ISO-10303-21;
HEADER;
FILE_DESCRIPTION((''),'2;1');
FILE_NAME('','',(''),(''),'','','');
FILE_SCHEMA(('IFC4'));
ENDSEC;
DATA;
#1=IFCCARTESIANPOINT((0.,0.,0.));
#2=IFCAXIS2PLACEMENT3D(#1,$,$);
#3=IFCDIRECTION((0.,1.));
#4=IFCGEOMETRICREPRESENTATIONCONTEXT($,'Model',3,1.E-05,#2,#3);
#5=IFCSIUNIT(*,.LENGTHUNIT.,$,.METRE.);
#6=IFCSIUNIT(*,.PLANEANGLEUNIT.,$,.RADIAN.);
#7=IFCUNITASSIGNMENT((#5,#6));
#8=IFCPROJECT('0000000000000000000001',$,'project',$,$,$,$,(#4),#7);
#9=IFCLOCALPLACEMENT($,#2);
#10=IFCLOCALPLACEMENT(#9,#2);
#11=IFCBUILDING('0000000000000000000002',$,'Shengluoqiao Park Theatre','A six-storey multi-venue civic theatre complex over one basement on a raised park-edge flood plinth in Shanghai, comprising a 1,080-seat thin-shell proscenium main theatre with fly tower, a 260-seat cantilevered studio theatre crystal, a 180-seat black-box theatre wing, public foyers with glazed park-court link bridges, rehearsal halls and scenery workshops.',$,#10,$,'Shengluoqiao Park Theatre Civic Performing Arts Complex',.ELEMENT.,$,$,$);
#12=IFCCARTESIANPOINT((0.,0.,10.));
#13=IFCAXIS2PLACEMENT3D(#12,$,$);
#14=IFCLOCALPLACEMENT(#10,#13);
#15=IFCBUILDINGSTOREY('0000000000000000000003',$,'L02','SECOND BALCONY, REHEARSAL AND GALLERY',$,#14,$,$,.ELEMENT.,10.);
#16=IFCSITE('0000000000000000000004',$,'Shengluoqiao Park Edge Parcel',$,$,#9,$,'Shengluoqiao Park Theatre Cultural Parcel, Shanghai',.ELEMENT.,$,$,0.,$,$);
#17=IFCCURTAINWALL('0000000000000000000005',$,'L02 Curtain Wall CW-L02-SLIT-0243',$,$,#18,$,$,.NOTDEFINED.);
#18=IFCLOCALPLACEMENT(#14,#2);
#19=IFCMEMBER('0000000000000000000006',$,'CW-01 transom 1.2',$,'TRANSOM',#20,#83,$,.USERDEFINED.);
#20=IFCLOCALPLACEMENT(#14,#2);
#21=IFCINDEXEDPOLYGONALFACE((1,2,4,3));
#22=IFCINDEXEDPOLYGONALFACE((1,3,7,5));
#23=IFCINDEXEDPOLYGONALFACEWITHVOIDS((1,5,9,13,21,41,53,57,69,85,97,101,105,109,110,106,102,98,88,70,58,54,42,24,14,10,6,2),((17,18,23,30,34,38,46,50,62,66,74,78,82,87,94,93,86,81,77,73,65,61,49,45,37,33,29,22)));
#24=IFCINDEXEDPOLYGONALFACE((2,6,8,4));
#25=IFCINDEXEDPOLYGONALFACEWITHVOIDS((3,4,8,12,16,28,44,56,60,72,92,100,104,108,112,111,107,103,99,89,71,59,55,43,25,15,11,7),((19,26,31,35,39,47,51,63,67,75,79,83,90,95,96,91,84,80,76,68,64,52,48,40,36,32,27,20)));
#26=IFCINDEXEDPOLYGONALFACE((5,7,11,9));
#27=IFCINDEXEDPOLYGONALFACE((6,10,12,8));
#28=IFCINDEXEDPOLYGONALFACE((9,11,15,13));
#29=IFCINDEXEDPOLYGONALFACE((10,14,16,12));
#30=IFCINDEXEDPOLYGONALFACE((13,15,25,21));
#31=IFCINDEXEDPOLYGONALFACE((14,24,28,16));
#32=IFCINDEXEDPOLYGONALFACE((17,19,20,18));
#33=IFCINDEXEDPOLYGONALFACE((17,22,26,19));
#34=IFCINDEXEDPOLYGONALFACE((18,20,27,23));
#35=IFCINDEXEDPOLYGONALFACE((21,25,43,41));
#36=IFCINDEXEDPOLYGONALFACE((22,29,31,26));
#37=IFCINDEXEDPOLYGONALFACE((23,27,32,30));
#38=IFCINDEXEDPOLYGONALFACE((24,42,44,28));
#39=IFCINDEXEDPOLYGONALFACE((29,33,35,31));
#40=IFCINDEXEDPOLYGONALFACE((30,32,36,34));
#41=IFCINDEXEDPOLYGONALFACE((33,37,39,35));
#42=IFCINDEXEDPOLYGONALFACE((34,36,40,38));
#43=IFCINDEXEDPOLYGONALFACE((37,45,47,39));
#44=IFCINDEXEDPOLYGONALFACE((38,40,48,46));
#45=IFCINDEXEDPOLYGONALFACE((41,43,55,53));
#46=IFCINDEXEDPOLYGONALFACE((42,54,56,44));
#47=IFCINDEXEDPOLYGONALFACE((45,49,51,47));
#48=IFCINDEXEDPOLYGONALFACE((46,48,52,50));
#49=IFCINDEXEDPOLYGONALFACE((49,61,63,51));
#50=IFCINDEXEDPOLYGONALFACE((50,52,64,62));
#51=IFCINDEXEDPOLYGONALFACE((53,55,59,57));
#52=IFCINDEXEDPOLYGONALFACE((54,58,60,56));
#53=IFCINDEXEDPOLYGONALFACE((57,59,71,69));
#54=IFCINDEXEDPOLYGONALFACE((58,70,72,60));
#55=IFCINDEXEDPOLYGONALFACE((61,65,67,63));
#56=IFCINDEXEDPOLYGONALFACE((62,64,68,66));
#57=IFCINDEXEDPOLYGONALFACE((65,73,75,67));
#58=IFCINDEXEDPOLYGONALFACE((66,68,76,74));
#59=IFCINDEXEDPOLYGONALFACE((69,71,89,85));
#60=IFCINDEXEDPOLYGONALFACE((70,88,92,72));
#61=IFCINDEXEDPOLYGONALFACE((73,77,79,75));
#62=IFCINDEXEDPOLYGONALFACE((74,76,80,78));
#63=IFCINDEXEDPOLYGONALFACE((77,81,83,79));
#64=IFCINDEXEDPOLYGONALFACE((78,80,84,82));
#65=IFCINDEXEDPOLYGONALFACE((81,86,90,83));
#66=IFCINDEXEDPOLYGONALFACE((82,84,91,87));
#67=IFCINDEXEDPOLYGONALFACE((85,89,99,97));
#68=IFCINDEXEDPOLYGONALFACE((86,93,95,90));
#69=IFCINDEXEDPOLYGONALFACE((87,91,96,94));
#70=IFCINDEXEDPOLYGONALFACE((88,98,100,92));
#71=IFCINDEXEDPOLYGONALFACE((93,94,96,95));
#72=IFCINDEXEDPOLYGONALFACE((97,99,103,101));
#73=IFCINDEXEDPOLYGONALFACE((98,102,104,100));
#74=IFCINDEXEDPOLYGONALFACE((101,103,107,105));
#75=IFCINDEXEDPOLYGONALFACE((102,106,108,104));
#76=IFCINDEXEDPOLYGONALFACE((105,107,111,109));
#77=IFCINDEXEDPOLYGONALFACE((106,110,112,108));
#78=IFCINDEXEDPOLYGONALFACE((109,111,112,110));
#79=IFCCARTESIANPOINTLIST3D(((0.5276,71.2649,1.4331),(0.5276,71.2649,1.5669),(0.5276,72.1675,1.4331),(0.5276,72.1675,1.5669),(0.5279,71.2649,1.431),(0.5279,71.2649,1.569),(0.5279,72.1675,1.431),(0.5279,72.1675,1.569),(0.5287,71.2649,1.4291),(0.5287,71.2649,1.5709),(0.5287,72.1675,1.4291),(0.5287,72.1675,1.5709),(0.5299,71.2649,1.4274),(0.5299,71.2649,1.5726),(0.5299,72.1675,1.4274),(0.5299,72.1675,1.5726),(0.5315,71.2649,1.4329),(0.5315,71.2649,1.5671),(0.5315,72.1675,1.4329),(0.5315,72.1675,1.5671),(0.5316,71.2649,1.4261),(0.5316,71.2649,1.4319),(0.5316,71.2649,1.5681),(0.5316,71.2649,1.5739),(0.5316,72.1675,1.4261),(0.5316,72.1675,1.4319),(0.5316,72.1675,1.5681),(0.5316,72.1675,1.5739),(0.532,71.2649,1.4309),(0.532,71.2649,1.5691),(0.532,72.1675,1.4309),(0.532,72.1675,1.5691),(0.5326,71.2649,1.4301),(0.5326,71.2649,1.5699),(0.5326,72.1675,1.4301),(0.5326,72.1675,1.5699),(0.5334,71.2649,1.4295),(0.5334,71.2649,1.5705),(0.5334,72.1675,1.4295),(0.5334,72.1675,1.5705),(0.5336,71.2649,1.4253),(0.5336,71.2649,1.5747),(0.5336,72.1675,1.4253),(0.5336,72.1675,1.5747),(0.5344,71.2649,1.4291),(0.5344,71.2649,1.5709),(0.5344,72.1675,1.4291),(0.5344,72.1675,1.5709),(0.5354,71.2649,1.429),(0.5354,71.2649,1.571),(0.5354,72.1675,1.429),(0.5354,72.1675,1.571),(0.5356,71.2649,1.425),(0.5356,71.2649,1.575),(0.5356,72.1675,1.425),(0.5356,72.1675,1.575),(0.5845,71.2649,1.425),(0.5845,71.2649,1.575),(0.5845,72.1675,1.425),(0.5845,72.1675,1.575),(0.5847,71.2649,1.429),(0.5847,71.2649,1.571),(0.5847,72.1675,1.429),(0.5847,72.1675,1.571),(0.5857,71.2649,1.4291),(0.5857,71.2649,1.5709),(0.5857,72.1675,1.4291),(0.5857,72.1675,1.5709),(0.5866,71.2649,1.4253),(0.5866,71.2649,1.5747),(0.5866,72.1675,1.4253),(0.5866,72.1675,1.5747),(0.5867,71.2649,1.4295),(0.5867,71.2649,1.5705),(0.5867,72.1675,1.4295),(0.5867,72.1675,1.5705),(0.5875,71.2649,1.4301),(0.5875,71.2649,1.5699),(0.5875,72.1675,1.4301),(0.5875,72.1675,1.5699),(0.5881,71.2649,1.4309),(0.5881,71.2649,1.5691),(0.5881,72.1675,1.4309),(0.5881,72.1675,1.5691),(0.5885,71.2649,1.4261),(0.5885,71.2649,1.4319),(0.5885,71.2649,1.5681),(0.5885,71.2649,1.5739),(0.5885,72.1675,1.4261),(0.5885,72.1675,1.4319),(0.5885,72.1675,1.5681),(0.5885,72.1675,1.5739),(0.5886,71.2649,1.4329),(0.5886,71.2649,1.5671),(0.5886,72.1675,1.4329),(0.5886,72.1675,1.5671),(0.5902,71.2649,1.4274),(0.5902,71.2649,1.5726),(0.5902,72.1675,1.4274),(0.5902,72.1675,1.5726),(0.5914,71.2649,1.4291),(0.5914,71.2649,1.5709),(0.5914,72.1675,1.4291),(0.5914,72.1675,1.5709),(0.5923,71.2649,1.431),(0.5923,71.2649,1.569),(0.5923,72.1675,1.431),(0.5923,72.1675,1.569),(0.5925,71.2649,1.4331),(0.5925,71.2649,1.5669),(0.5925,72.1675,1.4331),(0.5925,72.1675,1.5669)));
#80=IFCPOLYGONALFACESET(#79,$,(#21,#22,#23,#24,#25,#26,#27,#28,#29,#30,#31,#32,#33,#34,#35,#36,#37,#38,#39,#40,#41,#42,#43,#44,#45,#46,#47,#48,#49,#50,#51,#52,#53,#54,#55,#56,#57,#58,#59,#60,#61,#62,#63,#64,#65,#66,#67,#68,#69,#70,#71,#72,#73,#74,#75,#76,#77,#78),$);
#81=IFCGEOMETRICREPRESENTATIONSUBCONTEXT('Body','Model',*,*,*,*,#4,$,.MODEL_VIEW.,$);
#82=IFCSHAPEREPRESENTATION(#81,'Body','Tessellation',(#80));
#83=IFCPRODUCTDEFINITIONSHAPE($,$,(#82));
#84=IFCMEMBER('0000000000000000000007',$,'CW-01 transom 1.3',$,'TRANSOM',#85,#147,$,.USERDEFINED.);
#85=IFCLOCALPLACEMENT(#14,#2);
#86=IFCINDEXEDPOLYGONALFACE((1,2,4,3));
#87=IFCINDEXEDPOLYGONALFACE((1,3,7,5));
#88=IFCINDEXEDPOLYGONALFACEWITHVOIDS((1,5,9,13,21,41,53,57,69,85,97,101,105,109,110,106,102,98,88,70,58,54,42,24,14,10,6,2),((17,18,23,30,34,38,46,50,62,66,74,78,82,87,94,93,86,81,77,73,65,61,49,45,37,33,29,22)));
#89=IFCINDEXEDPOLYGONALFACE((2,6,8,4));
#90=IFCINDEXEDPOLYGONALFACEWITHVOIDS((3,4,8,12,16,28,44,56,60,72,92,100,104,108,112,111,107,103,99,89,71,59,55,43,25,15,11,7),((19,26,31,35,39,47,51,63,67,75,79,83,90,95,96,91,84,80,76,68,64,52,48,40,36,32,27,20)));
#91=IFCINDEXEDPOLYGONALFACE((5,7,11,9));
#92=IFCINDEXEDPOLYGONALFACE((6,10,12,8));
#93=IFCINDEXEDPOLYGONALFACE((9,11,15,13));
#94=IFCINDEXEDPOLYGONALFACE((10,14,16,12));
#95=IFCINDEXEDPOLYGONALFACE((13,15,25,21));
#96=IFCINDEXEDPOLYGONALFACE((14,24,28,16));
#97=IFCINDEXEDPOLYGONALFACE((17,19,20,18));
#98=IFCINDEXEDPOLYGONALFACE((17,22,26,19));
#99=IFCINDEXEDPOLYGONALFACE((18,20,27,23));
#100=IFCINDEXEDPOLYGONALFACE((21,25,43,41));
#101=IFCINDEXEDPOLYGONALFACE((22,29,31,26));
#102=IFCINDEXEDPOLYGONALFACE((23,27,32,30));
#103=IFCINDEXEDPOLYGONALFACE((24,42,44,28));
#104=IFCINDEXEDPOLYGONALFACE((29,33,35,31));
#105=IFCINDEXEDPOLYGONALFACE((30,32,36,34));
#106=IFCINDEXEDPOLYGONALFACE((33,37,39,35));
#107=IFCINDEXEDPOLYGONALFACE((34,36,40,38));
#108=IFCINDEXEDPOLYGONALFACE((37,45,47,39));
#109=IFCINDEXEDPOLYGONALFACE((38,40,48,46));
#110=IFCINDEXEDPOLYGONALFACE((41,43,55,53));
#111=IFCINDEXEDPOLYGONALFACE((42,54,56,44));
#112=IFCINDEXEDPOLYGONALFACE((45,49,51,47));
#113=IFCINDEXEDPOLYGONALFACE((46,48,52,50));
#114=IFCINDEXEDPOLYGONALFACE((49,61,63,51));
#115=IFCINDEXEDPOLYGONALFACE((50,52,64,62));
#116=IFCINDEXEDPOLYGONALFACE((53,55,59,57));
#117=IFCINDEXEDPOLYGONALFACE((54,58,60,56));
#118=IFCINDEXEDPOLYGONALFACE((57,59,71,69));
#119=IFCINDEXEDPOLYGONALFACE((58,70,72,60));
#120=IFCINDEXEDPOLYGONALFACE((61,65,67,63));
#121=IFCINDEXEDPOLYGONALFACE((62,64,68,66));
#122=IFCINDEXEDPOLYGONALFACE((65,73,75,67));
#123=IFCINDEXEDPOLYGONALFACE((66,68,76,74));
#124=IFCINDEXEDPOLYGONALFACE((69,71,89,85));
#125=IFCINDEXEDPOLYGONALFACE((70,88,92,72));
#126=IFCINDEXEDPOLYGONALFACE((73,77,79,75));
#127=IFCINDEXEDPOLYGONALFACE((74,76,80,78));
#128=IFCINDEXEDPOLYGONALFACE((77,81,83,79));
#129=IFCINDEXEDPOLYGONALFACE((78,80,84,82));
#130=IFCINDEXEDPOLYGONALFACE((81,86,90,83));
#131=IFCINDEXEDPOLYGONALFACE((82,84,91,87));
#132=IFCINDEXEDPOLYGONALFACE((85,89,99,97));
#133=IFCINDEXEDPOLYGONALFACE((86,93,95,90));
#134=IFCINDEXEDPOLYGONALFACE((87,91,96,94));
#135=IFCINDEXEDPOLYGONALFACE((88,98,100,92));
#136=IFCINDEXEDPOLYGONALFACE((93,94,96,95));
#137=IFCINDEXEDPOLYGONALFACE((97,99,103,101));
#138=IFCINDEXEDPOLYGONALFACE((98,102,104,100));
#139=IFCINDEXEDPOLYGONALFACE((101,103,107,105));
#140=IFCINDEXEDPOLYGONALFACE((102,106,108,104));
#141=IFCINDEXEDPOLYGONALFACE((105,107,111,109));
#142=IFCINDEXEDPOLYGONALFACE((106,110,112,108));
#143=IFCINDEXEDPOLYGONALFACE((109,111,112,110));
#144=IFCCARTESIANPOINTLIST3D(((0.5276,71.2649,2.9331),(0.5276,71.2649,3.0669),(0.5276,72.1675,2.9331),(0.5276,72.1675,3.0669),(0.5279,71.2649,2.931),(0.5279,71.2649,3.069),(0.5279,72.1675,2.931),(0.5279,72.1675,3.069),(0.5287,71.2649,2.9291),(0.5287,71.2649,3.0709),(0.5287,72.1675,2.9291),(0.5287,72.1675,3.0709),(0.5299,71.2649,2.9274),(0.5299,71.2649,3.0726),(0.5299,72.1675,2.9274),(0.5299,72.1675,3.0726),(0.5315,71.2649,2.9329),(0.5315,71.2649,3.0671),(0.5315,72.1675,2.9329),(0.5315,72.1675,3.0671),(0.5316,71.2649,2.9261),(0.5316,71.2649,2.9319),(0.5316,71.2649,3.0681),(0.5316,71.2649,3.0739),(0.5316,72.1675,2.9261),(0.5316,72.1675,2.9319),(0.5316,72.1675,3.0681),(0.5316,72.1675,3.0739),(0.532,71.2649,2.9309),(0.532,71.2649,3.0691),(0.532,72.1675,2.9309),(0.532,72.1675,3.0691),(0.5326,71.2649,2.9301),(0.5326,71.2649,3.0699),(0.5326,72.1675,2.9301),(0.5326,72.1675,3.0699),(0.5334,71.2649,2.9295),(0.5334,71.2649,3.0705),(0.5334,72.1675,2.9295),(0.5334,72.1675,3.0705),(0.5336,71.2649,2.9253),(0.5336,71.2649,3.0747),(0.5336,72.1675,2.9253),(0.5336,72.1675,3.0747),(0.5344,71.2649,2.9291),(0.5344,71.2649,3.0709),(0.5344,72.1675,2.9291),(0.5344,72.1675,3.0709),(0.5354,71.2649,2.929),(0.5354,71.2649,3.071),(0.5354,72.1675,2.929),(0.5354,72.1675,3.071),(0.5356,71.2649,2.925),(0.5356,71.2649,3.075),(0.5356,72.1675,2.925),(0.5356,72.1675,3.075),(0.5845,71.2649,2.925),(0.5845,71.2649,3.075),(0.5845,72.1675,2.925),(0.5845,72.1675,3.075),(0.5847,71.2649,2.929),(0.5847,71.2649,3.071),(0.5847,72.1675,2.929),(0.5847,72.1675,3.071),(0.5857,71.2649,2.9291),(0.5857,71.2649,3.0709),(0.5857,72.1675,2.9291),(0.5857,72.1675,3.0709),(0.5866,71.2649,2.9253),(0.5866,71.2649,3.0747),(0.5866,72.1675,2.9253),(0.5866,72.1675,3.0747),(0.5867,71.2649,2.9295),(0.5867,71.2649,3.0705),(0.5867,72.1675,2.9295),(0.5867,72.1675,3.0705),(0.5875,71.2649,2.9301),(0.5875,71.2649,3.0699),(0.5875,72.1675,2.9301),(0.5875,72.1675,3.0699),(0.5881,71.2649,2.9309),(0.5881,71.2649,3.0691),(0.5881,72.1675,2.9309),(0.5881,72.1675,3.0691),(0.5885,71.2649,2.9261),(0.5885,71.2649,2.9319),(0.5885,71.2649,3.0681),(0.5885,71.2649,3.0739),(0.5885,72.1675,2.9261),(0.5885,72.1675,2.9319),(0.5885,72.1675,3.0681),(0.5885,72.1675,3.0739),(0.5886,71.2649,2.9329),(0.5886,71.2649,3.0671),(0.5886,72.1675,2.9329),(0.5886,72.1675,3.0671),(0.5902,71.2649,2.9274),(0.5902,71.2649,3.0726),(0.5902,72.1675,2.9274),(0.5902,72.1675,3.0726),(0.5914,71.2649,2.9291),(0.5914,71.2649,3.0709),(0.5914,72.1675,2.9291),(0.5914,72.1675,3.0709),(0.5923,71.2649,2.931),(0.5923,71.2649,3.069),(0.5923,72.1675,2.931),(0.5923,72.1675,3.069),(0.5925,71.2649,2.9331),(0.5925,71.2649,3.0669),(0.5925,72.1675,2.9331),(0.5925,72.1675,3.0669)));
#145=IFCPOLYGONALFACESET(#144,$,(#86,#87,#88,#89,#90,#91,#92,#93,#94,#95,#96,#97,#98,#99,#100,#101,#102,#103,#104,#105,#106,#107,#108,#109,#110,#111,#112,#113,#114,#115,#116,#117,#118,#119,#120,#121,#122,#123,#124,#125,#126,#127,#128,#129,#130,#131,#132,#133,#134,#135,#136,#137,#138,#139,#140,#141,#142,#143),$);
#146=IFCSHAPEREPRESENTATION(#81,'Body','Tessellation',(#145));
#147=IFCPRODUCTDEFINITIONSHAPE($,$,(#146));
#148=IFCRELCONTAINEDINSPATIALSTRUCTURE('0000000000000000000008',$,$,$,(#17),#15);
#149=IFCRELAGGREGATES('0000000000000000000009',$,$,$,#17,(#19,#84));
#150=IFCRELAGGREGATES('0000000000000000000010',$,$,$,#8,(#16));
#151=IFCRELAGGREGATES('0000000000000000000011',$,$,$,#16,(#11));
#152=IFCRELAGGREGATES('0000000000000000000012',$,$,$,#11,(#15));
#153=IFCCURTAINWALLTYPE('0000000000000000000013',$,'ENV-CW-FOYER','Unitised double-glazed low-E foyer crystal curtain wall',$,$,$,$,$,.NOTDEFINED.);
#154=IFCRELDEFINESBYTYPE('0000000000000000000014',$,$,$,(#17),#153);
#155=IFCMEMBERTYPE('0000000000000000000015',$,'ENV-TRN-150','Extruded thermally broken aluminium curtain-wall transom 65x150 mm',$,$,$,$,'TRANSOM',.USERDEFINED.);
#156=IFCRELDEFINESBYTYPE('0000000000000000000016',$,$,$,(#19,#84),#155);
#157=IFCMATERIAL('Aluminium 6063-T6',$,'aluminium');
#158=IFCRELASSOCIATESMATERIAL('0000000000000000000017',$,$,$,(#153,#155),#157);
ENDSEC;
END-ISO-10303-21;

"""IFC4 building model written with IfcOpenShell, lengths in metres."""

from ifc_helpers import new_model, si_unit, direction, frame, origin, origin_2d, place, context, subcontext, project, spatial, hollow_rectangle, extrude, material, material_profile, profile_set, type_object, element, aggregate, save


model = new_model("IFC4")

# Units and contexts
model_context = context("Model", 3, precision=1e-05, world=origin(), true_north=direction((0.0, 1.0)))
body_context = subcontext(model_context, "Body", "Model", "MODEL_VIEW")
ifc_project = project(units=[si_unit("LENGTHUNIT", "METRE"), si_unit("PLANEANGLEUNIT", "RADIAN")], contexts=[model_context])

# Site, building, storey
site_placement = place(None, origin())
site = spatial("IfcSite", under=ifc_project, at=site_placement, Name="Shengluoqiao Park Edge Parcel", LongName="Shengluoqiao Park Theatre Cultural Parcel, Shanghai", CompositionType="ELEMENT", RefElevation=0.0)
building_placement = place(site_placement, origin())
building = spatial("IfcBuilding", under=site, at=building_placement, Name="Shengluoqiao Park Theatre", Description="A six-storey multi-venue civic theatre complex over one basement on a raised park-edge flood plinth in Shanghai, comprising a 1,080-seat thin-shell proscenium main theatre with fly tower, a 260-seat cantilevered studio theatre crystal, a 180-seat black-box theatre wing, public foyers with glazed park-court link bridges, rehearsal halls and scenery workshops.", LongName="Shengluoqiao Park Theatre Civic Performing Arts Complex", CompositionType="ELEMENT")
storey_placement = place(building_placement, frame((0.0, 0.0, 10.0)))
storey = spatial("IfcBuildingStorey", under=building, at=storey_placement, Name="L02", Description="SECOND BALCONY, REHEARSAL AND GALLERY", CompositionType="ELEMENT", Elevation=10.0)

# Shared definitions
ifc_material_1 = material(Name="Aluminium 6063-T6", Category="aluminium")
curtain_wall_type = type_object("IfcCurtainWallType", Name="ENV-CW-FOYER", Description="Unitised double-glazed low-E foyer crystal curtain wall", PredefinedType="NOTDEFINED", material=ifc_material_1)

# Curtain wall, members
curtain_wall_1_placement = place(storey_placement, origin())
curtain_wall_1 = element("IfcCurtainWall", 1, at=curtain_wall_1_placement, inside=storey, type_object=curtain_wall_type, Name="L02 Curtain Wall CW-L02-SLIT-0243", PredefinedType="NOTDEFINED")
ifc_material_profile_1 = material_profile(ifc_material_1, hollow_rectangle(XDim=0.0649, YDim=0.1499, WallThickness=0.0039, InnerFilletRadius=0.0039, OuterFilletRadius=0.0081, at=origin_2d()), Name="ALU TRANSOM 150x65x4")
ifc_profile_set_1 = profile_set([ifc_material_profile_1], Name="Aluminium 6063-T6")
member_type_1 = type_object("IfcMemberType", Name="ENV-TRN-150", Description="Extruded thermally broken aluminium curtain-wall transom 65x150 mm", ElementType="TRANSOM", PredefinedType="USERDEFINED", material=ifc_profile_set_1)
member_1_placement = place(storey_placement, frame((0.5601, 71.2649, 1.5), z_axis=(0.0, 1.0, 0.0), x_axis=(-1.0, 0.0, 0.0)))
member_1 = element("IfcMember", 2, at=member_1_placement, type_object=member_type_1, Name="CW-01 transom 1.2", ObjectType="TRANSOM", PredefinedType="USERDEFINED", context=body_context, shape_type="SweptSolid", body=[
    extrude(hollow_rectangle(XDim=0.0649, YDim=0.1499, WallThickness=0.0039, InnerFilletRadius=0.0039, OuterFilletRadius=0.0081, at=origin_2d()), origin(), (0.0, 0.0, 1.0), 0.9026),
])
member_2_placement = place(storey_placement, frame((0.5601, 71.2649, 3.0), z_axis=(0.0, 1.0, 0.0), x_axis=(-1.0, 0.0, 0.0)))
member_2 = element("IfcMember", 3, at=member_2_placement, type_object=member_type_1, Name="CW-01 transom 1.3", ObjectType="TRANSOM", PredefinedType="USERDEFINED", context=body_context, shape_type="SweptSolid", body=[
    extrude(hollow_rectangle(XDim=0.0649, YDim=0.1499, WallThickness=0.0039, InnerFilletRadius=0.0039, OuterFilletRadius=0.0081, at=origin_2d()), origin(), (0.0, 0.0, 1.0), 0.9026),
])

aggregate(curtain_wall_1, [member_1, member_2])

save(model, "model.ifc")
